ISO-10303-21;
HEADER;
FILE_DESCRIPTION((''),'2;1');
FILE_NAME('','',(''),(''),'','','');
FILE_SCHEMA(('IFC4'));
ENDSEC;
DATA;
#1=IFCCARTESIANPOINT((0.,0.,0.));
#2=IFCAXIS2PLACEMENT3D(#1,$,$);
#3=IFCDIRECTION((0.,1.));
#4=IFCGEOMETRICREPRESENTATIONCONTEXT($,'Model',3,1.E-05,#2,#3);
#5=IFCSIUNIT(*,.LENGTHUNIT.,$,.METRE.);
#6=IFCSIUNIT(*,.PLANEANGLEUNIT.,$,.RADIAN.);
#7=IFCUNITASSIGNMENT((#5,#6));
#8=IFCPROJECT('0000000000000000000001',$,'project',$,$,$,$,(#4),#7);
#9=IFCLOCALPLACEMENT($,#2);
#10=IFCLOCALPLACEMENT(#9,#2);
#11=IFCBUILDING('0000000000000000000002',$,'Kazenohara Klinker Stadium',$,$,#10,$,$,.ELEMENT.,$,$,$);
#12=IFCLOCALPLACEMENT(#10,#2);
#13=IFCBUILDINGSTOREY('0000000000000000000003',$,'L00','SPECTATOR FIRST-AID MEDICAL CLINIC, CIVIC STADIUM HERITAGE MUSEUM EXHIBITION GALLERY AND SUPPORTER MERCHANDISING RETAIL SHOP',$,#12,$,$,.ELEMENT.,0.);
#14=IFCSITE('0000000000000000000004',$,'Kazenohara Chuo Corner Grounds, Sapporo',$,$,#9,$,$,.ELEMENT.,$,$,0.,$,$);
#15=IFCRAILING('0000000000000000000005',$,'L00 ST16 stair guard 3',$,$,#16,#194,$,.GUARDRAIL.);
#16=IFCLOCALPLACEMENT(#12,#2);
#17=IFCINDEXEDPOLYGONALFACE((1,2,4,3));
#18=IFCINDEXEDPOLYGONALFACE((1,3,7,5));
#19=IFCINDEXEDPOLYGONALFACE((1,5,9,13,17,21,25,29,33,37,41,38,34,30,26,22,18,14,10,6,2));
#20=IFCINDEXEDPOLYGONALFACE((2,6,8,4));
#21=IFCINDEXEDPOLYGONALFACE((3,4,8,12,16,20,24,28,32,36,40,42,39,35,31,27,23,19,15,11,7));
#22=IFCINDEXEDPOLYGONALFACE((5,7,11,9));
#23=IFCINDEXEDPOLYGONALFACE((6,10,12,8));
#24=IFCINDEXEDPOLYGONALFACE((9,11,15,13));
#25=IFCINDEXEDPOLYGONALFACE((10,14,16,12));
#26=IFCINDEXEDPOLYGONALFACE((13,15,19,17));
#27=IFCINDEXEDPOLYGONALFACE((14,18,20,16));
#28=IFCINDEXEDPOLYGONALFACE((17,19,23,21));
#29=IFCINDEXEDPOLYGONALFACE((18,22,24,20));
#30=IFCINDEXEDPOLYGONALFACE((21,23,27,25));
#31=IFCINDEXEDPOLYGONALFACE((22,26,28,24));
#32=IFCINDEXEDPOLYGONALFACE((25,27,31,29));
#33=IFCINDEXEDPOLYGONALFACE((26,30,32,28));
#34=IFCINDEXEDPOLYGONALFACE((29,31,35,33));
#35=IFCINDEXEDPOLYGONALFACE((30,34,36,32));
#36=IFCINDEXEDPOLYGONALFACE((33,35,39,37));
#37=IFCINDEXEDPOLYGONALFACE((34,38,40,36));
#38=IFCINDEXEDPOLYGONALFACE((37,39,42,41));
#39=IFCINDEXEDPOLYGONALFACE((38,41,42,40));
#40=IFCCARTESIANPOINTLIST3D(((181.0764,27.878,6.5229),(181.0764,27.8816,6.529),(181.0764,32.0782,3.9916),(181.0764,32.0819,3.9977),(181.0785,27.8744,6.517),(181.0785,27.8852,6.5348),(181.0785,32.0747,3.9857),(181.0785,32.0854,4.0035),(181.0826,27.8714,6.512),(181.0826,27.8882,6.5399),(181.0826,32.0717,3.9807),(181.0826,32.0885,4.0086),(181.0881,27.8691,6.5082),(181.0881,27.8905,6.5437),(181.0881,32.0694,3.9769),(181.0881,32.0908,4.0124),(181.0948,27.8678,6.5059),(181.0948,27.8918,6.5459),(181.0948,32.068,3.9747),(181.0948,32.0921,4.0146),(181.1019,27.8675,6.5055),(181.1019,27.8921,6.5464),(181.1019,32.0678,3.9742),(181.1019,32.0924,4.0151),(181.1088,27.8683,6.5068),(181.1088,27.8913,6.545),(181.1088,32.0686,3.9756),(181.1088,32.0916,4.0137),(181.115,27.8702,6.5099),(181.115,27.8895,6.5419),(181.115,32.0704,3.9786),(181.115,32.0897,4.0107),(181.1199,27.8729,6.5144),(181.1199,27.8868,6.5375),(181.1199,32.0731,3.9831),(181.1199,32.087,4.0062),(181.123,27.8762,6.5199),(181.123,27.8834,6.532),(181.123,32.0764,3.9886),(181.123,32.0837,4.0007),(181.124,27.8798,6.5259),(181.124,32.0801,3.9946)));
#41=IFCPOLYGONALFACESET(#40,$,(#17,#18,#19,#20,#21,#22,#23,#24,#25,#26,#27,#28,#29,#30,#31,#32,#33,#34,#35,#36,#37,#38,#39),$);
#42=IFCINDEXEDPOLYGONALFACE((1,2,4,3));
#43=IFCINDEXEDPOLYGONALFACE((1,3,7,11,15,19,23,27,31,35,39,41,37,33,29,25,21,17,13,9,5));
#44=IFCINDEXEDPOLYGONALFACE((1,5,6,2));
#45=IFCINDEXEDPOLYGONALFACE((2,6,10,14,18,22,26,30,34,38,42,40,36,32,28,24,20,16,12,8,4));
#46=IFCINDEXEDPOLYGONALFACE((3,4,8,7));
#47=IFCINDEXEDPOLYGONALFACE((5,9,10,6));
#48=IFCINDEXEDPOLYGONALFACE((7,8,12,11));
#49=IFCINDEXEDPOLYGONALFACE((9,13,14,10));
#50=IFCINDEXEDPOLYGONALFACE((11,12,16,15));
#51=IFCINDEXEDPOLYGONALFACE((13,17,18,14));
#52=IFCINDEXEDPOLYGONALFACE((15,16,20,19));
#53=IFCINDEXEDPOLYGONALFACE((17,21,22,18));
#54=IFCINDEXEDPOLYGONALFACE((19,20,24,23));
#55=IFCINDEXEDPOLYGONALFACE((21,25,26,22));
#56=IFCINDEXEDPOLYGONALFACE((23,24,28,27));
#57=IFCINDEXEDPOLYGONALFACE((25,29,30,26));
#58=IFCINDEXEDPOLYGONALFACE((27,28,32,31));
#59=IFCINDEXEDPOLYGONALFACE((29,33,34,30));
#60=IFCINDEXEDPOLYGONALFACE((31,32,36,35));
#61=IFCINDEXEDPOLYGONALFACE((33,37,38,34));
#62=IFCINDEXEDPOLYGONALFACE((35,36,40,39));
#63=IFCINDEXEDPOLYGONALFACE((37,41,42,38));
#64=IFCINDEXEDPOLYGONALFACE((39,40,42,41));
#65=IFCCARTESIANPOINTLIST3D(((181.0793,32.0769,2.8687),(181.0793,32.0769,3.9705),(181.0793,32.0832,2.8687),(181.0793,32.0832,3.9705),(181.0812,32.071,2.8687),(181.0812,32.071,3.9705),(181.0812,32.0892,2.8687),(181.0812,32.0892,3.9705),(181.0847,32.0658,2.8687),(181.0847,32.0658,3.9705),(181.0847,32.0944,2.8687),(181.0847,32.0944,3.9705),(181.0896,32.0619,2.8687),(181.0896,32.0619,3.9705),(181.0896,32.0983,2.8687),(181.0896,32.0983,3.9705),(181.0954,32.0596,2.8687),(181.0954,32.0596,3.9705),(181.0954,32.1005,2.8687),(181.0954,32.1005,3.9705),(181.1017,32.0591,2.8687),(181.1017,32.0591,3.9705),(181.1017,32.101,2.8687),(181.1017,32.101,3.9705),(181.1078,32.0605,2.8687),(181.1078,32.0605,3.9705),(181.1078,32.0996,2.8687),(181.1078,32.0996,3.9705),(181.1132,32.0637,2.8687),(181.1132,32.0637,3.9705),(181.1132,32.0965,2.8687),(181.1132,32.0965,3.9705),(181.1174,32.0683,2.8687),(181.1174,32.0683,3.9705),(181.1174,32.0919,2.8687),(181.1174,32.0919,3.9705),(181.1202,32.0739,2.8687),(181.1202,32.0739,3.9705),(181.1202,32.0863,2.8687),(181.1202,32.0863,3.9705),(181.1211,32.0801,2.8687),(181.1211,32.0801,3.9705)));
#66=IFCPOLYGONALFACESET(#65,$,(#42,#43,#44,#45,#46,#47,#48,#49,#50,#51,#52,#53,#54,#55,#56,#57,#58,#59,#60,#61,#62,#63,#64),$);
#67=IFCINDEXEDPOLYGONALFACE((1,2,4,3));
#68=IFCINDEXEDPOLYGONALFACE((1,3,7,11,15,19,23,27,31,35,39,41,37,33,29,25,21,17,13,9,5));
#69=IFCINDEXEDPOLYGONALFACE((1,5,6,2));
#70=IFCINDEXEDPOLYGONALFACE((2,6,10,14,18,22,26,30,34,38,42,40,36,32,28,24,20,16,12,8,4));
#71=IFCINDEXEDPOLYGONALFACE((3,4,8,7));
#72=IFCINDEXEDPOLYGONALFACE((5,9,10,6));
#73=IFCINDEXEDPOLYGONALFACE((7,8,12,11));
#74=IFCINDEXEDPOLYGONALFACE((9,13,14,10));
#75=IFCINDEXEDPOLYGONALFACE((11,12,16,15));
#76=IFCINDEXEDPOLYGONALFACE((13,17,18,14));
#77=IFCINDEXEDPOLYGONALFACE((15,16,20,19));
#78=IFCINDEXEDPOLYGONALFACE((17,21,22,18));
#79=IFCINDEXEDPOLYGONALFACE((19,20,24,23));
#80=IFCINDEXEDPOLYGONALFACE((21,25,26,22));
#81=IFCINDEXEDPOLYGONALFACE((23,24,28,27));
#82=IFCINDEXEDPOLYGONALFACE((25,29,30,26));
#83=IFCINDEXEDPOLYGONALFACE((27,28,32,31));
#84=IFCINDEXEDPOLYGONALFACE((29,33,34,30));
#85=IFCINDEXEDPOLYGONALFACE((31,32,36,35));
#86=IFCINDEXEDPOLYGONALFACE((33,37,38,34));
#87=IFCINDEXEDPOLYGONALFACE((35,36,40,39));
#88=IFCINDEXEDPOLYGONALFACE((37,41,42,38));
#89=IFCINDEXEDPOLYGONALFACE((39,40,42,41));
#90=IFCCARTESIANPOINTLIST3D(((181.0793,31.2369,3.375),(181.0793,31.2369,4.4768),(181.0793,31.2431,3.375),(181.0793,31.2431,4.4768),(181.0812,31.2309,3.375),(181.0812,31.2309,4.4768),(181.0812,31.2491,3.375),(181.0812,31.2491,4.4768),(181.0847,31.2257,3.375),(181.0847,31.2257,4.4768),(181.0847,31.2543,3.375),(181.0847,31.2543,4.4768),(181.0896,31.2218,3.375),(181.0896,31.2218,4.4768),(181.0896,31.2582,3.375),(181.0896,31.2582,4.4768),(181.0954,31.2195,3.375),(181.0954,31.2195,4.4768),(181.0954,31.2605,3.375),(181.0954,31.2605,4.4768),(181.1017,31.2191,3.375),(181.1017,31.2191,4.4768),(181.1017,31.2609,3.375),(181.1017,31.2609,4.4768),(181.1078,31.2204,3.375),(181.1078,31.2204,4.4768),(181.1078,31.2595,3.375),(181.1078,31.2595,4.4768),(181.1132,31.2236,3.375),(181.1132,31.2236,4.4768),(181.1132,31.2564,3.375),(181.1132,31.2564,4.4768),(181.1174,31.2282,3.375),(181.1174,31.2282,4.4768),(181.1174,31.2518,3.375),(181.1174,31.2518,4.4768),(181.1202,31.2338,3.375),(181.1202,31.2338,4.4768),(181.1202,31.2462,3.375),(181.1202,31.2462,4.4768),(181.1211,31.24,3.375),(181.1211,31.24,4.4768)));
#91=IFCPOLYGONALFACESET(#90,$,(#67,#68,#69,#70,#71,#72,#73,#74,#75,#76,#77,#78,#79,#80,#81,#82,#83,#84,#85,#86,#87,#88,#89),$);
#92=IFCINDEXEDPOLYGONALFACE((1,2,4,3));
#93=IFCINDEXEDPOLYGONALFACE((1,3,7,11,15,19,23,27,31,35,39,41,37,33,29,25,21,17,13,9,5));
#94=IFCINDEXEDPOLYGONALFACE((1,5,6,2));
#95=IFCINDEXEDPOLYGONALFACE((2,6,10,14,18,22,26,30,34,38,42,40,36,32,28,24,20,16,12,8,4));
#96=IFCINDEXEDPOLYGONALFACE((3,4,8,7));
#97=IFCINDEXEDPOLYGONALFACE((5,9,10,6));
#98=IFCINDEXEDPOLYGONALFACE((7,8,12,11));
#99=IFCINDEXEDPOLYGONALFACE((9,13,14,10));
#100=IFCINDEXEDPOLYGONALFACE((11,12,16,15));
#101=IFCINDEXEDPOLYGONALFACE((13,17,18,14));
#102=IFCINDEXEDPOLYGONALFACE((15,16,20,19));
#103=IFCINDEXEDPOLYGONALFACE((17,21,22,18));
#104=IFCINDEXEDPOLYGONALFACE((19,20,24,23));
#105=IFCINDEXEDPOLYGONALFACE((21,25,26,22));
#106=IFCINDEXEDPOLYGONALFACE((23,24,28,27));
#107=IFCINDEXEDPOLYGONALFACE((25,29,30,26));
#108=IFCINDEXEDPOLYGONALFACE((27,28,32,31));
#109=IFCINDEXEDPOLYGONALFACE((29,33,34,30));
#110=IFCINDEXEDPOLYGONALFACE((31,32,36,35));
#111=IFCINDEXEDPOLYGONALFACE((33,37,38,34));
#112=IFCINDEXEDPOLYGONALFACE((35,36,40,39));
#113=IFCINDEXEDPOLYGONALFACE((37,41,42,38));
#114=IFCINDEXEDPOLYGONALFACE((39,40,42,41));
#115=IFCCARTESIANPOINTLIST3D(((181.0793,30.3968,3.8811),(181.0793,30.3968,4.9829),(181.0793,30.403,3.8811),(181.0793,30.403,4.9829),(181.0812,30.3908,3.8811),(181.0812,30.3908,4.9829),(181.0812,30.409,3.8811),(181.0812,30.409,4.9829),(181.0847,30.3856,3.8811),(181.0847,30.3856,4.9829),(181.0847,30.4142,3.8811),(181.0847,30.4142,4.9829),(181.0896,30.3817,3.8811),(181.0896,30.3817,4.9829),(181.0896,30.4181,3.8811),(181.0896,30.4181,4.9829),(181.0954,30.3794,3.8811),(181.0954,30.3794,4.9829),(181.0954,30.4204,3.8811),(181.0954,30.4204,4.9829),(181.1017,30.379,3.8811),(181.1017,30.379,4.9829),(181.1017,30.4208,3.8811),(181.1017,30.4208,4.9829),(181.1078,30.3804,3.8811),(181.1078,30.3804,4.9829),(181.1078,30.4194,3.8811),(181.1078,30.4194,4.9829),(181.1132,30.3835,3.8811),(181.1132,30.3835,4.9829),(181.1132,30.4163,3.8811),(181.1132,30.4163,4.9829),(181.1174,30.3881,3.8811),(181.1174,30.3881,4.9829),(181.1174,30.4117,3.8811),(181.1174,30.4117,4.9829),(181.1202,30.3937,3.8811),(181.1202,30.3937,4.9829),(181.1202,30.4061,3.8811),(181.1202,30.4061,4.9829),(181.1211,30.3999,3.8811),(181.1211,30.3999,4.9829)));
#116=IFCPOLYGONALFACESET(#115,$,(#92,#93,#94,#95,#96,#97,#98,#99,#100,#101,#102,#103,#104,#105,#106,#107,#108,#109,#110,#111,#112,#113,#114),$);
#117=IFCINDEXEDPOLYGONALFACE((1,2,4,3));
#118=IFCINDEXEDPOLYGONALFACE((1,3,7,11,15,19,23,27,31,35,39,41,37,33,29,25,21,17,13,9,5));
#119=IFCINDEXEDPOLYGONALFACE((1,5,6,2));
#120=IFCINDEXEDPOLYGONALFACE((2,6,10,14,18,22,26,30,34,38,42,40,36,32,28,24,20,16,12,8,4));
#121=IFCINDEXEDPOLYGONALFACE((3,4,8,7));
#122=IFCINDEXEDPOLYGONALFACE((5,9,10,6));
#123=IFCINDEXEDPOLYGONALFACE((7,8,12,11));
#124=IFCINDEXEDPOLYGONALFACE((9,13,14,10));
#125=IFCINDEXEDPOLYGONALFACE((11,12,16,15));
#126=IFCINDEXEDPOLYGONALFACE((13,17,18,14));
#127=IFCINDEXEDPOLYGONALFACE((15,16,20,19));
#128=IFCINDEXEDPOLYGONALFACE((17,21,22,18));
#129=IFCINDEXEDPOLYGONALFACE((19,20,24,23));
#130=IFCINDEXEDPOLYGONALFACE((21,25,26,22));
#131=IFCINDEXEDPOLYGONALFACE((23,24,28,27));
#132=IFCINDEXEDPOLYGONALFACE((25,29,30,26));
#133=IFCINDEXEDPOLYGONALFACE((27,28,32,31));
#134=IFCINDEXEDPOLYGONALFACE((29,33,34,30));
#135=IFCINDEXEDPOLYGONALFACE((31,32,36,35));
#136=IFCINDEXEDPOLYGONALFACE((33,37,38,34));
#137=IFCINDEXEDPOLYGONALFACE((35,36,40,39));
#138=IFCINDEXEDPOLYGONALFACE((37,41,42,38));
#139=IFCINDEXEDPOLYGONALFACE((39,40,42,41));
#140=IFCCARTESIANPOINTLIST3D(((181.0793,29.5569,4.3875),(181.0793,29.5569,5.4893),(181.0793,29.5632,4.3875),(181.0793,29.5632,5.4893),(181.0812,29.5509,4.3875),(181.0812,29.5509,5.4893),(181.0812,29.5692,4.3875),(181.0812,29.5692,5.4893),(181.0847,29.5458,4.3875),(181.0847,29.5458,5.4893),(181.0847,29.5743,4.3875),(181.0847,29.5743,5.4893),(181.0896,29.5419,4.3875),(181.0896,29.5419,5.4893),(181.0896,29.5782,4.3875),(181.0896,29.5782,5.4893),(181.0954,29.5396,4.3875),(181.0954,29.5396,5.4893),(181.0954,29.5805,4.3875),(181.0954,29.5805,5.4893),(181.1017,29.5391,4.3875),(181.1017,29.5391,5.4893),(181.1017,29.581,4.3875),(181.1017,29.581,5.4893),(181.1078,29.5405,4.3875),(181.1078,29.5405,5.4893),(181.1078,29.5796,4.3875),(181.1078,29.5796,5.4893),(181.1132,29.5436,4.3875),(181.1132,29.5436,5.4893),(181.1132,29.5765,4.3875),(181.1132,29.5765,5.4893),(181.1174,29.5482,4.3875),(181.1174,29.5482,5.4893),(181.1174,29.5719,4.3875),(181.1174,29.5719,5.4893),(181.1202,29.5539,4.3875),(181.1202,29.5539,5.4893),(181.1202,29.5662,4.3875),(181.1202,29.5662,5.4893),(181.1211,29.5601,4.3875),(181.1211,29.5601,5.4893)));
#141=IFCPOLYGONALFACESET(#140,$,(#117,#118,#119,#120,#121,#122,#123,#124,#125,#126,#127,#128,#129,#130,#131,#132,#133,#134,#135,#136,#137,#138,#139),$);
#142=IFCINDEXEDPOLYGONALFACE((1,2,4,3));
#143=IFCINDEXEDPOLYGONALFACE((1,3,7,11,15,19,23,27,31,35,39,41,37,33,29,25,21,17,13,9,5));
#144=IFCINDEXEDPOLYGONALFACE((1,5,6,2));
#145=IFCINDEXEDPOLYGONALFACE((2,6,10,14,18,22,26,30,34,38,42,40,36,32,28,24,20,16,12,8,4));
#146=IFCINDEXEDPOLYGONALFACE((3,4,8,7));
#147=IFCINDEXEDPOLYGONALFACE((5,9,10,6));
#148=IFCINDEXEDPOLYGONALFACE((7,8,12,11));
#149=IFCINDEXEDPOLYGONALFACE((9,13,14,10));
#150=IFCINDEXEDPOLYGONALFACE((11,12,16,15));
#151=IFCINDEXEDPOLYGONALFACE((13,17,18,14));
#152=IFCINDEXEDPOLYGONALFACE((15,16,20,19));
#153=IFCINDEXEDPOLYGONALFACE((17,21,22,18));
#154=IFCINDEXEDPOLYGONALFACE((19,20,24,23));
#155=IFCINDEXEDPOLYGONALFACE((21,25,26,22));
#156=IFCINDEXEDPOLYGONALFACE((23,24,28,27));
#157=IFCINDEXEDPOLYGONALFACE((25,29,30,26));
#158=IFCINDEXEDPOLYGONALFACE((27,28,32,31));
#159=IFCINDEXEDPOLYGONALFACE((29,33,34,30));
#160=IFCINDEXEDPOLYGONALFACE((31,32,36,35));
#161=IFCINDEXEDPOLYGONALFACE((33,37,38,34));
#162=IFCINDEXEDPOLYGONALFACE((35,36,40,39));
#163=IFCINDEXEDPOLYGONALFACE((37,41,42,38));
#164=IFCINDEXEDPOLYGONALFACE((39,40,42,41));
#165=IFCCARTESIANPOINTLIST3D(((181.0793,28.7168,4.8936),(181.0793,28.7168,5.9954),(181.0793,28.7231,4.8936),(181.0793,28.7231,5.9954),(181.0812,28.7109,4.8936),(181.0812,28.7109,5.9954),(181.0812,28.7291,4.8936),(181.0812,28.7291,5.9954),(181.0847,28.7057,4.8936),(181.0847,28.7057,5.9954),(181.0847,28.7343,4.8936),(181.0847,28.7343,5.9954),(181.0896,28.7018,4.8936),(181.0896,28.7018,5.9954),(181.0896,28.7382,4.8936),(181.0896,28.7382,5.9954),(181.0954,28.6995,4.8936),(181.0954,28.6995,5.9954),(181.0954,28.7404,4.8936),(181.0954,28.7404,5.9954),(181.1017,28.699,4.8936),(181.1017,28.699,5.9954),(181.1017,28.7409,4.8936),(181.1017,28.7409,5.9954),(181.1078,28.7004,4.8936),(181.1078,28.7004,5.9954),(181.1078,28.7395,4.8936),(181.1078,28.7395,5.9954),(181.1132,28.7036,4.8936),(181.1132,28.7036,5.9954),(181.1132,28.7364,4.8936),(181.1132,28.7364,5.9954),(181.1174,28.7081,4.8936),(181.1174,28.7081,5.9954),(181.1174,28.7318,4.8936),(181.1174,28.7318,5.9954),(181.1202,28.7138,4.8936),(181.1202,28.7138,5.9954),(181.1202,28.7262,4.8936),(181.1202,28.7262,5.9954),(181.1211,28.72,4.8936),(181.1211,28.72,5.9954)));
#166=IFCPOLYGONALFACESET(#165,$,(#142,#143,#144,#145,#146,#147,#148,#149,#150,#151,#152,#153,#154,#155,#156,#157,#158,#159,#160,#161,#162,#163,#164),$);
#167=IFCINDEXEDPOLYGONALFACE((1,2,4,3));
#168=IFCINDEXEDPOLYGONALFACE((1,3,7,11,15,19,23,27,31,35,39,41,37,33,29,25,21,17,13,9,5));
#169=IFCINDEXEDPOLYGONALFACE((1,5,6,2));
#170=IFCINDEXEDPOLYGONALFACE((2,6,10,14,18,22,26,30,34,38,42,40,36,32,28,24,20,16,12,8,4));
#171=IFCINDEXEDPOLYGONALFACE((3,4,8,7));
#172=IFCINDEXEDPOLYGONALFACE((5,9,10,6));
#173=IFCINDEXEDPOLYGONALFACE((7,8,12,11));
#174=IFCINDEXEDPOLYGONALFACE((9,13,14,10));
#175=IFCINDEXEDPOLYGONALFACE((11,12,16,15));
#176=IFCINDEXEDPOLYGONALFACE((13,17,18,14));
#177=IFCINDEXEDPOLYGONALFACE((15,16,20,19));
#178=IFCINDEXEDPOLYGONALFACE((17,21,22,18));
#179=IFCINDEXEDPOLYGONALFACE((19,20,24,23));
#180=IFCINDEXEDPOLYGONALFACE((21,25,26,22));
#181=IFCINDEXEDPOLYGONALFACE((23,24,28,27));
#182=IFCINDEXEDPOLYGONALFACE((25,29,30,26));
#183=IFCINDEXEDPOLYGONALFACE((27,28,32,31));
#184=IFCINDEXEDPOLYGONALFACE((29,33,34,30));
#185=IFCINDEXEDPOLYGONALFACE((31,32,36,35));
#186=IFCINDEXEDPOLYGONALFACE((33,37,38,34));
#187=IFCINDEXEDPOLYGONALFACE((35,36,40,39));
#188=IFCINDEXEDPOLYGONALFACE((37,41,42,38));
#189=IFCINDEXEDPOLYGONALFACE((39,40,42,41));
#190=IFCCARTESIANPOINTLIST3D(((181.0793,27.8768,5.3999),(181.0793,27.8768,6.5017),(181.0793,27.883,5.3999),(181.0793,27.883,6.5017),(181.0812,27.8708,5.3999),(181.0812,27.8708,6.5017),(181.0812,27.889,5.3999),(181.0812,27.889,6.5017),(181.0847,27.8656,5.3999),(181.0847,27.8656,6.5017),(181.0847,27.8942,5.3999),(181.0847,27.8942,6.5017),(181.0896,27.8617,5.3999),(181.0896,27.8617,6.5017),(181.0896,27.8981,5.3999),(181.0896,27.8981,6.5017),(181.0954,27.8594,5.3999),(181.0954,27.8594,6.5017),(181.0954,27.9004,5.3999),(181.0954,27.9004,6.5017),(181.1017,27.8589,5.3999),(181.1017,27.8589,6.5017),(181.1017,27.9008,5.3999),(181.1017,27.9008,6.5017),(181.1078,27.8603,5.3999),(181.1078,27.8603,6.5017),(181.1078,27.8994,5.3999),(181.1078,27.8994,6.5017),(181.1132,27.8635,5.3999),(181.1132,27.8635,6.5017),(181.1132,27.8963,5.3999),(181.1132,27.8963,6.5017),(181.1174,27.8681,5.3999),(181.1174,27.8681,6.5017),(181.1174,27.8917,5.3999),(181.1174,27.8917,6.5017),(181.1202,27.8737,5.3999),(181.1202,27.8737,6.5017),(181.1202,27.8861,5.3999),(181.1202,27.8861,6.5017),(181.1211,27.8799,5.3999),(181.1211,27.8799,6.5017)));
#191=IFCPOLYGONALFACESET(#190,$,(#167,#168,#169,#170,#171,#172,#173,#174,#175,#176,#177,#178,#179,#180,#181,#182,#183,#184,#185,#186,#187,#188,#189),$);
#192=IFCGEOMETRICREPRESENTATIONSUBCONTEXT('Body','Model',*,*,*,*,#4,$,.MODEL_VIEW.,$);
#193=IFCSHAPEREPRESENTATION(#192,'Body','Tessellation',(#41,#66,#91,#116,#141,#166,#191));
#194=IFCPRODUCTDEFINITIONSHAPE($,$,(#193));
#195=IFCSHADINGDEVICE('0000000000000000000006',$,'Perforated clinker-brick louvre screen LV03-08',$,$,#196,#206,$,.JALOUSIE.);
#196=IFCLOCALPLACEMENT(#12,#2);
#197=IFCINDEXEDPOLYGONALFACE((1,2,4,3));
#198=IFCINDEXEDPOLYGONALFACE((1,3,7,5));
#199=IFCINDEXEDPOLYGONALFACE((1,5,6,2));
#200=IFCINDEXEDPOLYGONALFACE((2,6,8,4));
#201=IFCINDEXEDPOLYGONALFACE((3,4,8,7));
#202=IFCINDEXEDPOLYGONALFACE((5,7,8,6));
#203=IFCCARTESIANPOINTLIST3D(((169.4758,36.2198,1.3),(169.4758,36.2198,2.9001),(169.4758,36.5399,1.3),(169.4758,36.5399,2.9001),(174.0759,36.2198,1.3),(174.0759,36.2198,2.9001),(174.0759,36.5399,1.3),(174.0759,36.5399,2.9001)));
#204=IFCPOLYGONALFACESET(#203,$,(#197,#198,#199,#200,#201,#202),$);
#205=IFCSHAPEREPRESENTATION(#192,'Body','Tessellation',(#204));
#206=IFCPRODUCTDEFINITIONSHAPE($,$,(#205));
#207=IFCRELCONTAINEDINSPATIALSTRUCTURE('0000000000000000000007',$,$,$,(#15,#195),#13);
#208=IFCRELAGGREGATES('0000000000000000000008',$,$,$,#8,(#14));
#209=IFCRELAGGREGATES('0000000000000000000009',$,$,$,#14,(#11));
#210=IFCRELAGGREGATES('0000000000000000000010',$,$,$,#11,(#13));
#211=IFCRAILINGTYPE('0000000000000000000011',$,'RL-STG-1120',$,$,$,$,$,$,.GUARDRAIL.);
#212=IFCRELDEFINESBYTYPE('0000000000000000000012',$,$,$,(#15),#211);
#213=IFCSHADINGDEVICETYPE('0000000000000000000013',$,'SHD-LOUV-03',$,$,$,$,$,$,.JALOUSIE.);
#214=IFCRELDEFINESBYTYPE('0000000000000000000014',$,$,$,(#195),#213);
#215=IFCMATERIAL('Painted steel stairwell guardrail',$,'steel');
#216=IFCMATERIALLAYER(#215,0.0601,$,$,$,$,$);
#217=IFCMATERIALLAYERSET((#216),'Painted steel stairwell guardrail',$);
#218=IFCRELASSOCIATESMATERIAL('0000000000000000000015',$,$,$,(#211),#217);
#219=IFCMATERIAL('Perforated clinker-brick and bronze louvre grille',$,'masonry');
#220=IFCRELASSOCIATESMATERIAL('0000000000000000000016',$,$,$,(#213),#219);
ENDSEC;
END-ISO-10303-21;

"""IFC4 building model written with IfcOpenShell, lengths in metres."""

from ifc_helpers import new_model, si_unit, direction, frame, origin, origin_2d, place, context, subcontext, project, spatial, rectangle, circle, extrude, material, layer, layer_set, type_object, element, save


model = new_model("IFC4")

# Units and contexts
model_context = context("Model", 3, precision=1e-05, world=origin(), true_north=direction((0.0, 1.0)))
body_context = subcontext(model_context, "Body", "Model", "MODEL_VIEW")
ifc_project = project(units=[si_unit("LENGTHUNIT", "METRE"), si_unit("PLANEANGLEUNIT", "RADIAN")], contexts=[model_context])

# Site, building, storey
site_placement = place(None, origin())
site = spatial("IfcSite", under=ifc_project, at=site_placement, Name="Kazenohara Chuo Corner Grounds, Sapporo", CompositionType="ELEMENT", RefElevation=0.0)
building_placement = place(site_placement, origin())
building = spatial("IfcBuilding", under=site, at=building_placement, Name="Kazenohara Klinker Stadium", CompositionType="ELEMENT")
storey_placement = place(building_placement, origin())
storey = spatial("IfcBuildingStorey", under=building, at=storey_placement, Name="L00", Description="SPECTATOR FIRST-AID MEDICAL CLINIC, CIVIC STADIUM HERITAGE MUSEUM EXHIBITION GALLERY AND SUPPORTER MERCHANDISING RETAIL SHOP", CompositionType="ELEMENT", Elevation=0.0)

# Railing
ifc_material_1 = material(Name="Painted steel stairwell guardrail", Category="steel")
ifc_layer_1 = layer(ifc_material_1, 0.0601)
ifc_layer_set_1 = layer_set([ifc_layer_1], Name="Painted steel stairwell guardrail")
railing_type_1 = type_object("IfcRailingType", Name="RL-STG-1120", PredefinedType="GUARDRAIL", material=ifc_layer_set_1)
railing_1_placement = place(storey_placement, frame((181.1001, 32.0801, 2.8687)))
element("IfcRailing", 1, at=railing_1_placement, inside=storey, type_object=railing_type_1, Name="L00 ST16 stair guard 3", PredefinedType="GUARDRAIL", context=body_context, shape_type="SweptSolid", body=[
    extrude(circle(Radius=0.0239, at=origin_2d()), frame((0.0, 0.0, 1.126), z_axis=(0.0, -0.85649, 0.516164), x_axis=(1.0, 0.0, 0.0)), (0.0, 0.0, 1.0), 4.9041),
    extrude(circle(Radius=0.021, at=origin_2d()), origin(), (0.0, 0.0, 1.0), 1.1018),
    extrude(circle(Radius=0.021, at=origin_2d()), frame((0.0, -0.8401, 0.5063)), (0.0, 0.0, 1.0), 1.1018),
    extrude(circle(Radius=0.021, at=origin_2d()), frame((0.0, -1.6802, 1.0125)), (0.0, 0.0, 1.0), 1.1018),
    extrude(circle(Radius=0.021, at=origin_2d()), frame((0.0, -2.52, 1.5188)), (0.0, 0.0, 1.0), 1.1018),
    extrude(circle(Radius=0.021, at=origin_2d()), frame((0.0, -3.3601, 2.0249)), (0.0, 0.0, 1.0), 1.1018),
    extrude(circle(Radius=0.021, at=origin_2d()), frame((0.0, -4.2002, 2.5312)), (0.0, 0.0, 1.0), 1.1018),
])

# Shading device
ifc_material_2 = material(Name="Perforated clinker-brick and bronze louvre grille", Category="masonry")
shading_device_type = type_object("IfcShadingDeviceType", Name="SHD-LOUV-03", PredefinedType="JALOUSIE", material=ifc_material_2)
shading_device_placement = place(storey_placement, frame((171.7759, 36.3799, 1.3), z_axis=(0.0, 0.0, 1.0), x_axis=(1.0, 0.0, 0.0)))
element("IfcShadingDevice", 2, at=shading_device_placement, inside=storey, type_object=shading_device_type, Name="Perforated clinker-brick louvre screen LV03-08", PredefinedType="JALOUSIE", context=body_context, shape_type="SweptSolid", body=[
    extrude(rectangle(XDim=4.6001, YDim=0.3201, at=origin_2d()), origin(), (0.0, 0.0, 1.0), 1.6001),
])

save(model, "model.ifc")
